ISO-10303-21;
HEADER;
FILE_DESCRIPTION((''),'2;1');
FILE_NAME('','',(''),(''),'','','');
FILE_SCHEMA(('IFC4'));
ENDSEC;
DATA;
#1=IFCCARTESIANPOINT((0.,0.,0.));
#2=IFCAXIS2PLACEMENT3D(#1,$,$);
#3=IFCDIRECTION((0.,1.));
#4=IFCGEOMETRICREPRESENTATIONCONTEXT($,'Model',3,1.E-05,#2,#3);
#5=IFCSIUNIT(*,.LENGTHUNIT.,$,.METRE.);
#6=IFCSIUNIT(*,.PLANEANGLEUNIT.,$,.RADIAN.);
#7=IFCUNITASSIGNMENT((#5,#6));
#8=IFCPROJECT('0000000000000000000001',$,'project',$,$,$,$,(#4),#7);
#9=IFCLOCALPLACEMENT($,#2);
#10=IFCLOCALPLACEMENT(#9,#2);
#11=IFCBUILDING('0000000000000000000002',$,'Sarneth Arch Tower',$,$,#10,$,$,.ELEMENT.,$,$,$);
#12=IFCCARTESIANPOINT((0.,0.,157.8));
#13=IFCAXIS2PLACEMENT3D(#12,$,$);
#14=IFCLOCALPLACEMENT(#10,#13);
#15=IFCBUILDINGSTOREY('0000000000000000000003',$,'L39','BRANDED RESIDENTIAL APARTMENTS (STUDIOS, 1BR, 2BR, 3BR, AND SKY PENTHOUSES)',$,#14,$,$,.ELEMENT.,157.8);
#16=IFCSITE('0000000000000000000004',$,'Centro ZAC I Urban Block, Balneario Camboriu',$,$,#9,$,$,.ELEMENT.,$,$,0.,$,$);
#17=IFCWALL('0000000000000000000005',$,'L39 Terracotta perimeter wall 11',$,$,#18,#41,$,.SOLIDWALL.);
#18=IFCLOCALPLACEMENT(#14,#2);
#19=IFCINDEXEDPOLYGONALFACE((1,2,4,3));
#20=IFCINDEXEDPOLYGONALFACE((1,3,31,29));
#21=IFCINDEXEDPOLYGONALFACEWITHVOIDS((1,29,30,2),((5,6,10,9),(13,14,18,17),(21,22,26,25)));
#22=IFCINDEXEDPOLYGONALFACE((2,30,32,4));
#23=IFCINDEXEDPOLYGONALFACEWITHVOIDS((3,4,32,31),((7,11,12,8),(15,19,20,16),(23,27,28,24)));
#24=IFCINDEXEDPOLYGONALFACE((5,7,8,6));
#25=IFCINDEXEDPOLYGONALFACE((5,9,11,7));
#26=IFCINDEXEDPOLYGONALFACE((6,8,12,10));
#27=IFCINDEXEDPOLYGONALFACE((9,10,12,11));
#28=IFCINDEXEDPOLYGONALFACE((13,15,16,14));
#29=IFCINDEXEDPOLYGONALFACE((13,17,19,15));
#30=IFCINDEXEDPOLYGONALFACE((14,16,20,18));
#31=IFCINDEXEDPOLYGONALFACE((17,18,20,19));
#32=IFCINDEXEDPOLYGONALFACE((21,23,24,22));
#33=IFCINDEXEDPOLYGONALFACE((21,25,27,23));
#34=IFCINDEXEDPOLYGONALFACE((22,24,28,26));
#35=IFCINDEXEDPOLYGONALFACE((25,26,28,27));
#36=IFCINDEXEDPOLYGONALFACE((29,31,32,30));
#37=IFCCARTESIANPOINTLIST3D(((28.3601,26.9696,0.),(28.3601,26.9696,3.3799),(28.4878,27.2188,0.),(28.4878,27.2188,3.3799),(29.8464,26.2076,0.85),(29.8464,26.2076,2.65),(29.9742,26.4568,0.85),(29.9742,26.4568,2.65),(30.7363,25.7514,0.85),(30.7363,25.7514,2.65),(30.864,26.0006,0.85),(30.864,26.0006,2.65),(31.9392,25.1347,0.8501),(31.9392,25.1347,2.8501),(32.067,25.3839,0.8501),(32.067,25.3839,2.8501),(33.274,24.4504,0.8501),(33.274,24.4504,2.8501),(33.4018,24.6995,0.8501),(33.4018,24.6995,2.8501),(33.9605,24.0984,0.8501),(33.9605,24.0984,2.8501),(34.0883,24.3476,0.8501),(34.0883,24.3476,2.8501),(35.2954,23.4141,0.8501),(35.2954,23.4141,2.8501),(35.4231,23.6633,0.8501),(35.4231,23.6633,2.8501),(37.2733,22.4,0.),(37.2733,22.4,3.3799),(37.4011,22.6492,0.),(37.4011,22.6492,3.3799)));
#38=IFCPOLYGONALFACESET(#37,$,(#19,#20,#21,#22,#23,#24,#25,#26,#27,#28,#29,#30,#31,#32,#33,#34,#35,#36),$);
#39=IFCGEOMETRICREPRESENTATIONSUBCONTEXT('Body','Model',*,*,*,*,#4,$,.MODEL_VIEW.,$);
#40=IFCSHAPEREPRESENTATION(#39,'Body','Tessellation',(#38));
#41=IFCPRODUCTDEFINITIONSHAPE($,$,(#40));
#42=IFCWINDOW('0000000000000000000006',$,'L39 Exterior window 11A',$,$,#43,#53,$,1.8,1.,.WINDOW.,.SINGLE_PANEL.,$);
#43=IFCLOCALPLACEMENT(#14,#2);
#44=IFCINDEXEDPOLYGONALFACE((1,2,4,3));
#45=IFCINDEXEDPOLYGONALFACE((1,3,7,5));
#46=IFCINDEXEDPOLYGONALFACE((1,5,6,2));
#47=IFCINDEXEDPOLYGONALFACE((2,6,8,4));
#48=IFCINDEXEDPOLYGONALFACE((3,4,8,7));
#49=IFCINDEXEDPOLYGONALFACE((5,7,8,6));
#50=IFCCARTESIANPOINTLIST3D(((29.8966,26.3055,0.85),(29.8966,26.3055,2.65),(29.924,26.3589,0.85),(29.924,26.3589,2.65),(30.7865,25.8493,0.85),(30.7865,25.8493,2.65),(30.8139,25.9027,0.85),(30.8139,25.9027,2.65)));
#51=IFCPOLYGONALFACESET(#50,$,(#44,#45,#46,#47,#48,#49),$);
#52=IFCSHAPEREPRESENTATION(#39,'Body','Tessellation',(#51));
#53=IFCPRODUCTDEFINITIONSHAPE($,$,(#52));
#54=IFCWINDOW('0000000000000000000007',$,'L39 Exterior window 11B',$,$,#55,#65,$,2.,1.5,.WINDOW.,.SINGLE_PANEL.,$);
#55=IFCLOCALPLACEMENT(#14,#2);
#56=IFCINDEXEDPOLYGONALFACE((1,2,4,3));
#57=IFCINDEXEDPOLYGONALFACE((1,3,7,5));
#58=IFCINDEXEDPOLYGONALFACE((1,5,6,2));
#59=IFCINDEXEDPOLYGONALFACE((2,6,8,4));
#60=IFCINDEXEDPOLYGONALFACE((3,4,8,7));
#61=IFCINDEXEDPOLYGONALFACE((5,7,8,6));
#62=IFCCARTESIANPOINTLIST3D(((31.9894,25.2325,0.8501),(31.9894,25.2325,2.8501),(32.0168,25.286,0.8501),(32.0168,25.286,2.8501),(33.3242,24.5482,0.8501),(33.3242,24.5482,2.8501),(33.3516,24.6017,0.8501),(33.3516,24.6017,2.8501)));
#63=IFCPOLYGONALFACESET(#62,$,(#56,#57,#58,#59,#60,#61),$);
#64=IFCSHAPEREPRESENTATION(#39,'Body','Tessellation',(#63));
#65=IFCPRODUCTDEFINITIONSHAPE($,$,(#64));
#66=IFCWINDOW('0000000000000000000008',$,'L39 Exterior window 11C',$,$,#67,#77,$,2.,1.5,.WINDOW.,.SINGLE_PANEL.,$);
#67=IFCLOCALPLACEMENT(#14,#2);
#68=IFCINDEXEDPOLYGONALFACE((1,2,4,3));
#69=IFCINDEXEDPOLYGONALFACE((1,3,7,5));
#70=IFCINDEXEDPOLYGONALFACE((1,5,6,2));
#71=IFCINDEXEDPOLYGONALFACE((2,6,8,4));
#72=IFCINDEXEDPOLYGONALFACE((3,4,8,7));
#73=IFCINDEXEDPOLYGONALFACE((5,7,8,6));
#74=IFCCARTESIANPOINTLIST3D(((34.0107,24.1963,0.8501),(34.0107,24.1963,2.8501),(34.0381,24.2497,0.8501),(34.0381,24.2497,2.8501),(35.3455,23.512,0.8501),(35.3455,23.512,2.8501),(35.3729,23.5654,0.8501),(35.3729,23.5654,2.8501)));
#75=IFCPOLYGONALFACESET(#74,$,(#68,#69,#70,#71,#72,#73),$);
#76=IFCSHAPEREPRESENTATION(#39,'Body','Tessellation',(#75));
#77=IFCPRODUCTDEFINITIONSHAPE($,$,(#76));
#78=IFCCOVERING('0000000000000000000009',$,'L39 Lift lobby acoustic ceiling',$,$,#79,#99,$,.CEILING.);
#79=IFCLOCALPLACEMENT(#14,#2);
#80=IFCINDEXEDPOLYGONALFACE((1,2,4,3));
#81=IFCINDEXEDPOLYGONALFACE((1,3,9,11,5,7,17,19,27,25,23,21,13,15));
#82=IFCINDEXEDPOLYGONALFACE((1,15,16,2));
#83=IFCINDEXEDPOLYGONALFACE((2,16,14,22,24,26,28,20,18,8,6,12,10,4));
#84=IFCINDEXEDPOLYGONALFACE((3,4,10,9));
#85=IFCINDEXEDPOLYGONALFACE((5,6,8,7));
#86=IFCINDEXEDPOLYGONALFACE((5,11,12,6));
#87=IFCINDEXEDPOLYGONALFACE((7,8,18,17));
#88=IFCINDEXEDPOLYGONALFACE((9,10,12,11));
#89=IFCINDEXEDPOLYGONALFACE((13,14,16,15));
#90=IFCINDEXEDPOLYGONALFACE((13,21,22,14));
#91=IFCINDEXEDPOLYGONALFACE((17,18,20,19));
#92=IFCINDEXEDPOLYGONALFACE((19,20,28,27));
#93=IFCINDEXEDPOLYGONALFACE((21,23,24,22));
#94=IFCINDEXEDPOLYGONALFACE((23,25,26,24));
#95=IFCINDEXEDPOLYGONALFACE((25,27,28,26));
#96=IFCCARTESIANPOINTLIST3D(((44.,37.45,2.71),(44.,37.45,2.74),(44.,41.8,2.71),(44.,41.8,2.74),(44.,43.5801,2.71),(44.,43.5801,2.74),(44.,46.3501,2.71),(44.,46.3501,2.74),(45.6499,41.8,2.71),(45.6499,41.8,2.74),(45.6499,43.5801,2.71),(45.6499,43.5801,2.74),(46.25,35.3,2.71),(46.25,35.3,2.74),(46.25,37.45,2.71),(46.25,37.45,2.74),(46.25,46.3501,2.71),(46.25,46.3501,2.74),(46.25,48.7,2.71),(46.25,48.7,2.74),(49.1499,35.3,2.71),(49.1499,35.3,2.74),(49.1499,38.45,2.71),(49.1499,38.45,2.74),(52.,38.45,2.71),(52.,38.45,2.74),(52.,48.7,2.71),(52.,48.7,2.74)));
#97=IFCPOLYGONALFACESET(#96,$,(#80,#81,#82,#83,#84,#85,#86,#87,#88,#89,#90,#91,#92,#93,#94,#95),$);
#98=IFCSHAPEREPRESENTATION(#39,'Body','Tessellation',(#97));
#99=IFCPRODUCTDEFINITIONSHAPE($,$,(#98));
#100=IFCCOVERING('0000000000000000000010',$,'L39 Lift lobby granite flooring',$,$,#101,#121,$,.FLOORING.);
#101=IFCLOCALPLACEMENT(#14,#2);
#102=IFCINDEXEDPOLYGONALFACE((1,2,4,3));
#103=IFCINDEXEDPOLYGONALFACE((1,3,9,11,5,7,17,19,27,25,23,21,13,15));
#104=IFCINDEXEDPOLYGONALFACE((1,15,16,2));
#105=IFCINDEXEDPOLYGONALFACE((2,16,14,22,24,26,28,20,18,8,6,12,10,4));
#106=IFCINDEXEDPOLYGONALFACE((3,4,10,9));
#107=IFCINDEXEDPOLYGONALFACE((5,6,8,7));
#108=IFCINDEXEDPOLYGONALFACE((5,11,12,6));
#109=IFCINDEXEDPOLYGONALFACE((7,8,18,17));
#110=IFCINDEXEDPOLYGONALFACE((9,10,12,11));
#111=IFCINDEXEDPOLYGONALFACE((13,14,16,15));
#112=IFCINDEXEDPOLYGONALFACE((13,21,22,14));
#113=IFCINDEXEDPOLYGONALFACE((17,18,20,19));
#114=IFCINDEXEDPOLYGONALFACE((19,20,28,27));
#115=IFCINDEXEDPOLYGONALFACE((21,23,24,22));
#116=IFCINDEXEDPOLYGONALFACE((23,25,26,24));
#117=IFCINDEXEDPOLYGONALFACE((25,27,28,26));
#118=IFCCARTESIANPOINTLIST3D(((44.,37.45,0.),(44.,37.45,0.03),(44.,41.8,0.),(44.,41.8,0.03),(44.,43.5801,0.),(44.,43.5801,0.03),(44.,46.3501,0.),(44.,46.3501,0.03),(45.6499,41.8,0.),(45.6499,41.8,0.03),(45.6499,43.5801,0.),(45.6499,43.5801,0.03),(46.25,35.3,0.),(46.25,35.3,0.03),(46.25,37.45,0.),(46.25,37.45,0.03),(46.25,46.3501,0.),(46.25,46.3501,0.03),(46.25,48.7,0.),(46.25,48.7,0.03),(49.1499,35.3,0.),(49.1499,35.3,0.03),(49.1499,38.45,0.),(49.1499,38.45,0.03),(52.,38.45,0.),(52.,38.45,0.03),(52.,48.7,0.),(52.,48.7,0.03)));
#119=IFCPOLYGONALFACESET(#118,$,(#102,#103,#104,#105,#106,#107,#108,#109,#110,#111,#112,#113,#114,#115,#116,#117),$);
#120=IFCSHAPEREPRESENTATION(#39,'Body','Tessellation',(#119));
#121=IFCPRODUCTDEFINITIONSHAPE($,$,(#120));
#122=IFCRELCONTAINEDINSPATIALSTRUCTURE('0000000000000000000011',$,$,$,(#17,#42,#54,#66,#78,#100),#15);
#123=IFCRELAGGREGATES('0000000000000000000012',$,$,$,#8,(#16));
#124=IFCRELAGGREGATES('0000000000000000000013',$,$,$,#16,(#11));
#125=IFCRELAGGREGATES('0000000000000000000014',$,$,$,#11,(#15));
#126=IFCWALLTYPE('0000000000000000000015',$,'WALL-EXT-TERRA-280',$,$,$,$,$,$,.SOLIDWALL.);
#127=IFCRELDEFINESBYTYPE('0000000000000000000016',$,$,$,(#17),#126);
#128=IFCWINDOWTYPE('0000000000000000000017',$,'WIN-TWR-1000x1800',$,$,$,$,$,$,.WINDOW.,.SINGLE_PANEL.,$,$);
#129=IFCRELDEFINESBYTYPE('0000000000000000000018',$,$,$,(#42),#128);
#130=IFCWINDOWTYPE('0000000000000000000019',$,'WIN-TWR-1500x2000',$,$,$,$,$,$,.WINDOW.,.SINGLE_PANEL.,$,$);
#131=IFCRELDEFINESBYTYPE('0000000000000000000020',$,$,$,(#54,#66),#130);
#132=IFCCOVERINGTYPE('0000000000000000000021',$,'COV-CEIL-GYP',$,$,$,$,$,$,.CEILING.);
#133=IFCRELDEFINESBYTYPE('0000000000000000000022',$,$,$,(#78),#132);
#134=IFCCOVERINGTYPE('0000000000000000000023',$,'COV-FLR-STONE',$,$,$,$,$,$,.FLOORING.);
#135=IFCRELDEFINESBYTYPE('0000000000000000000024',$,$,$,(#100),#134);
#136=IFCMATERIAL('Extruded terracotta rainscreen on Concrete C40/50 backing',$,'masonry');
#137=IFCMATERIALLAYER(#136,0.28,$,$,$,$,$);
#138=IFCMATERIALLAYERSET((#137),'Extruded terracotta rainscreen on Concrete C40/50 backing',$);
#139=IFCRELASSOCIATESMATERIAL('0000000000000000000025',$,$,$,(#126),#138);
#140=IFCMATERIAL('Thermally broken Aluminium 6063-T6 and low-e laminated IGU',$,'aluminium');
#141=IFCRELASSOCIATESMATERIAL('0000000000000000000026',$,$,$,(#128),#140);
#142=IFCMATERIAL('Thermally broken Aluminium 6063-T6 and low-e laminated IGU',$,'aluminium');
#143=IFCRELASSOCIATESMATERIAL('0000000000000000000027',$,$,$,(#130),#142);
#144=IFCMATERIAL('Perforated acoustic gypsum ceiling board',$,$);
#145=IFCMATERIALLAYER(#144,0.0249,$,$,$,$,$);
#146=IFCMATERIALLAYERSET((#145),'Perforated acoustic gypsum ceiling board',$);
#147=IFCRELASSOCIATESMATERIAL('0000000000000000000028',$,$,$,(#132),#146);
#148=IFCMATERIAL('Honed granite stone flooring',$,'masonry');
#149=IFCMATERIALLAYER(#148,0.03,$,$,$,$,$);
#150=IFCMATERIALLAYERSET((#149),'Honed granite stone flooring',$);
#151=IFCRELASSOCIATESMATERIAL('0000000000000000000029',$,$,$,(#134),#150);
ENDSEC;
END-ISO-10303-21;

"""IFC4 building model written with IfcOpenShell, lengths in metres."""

from ifc_helpers import new_model, si_unit, direction, frame, frame_2d, origin, place, context, subcontext, project, spatial, polyline, rectangle, outline, extrude, material, layer, layer_set, type_object, element, fill, save


model = new_model("IFC4")

# Units and contexts
model_context = context("Model", 3, precision=1e-05, world=origin(), true_north=direction((0.0, 1.0)))
body_context = subcontext(model_context, "Body", "Model", "MODEL_VIEW")
ifc_project = project(units=[si_unit("LENGTHUNIT", "METRE"), si_unit("PLANEANGLEUNIT", "RADIAN")], contexts=[model_context])

# Site, building, storey
site_placement = place(None, origin())
site = spatial("IfcSite", under=ifc_project, at=site_placement, Name="Centro ZAC I Urban Block, Balneario Camboriu", CompositionType="ELEMENT", RefElevation=0.0)
building_placement = place(site_placement, origin())
building = spatial("IfcBuilding", under=site, at=building_placement, Name="Sarneth Arch Tower", CompositionType="ELEMENT")
storey_placement = place(building_placement, frame((0.0, 0.0, 157.8)))
storey = spatial("IfcBuildingStorey", under=building, at=storey_placement, Name="L39", Description="BRANDED RESIDENTIAL APARTMENTS (STUDIOS, 1BR, 2BR, 3BR, AND SKY PENTHOUSES)", CompositionType="ELEMENT", Elevation=157.8)

# Wall, openings, windows
ifc_material_1 = material(Name="Extruded terracotta rainscreen on Concrete C40/50 backing", Category="masonry")
ifc_layer_1 = layer(ifc_material_1, 0.28)
ifc_layer_set_1 = layer_set([ifc_layer_1], Name="Extruded terracotta rainscreen on Concrete C40/50 backing")
wall_type = type_object("IfcWallType", Name="WALL-EXT-TERRA-280", PredefinedType="SOLIDWALL", material=ifc_layer_set_1)
wall_placement = place(storey_placement, frame((28.4238, 27.0942, 0.0), z_axis=(0.0, 0.0, 1.0), x_axis=(0.889873, -0.456209, 0.0)))
wall = element("IfcWall", 1, at=wall_placement, inside=storey, type_object=wall_type, Name="L39 Terracotta perimeter wall 11", PredefinedType="SOLIDWALL", context=body_context, shape_type="SweptSolid", body=[
    extrude(rectangle(XDim=10.0164, YDim=0.28, at=frame_2d((5.0083, 0.0))), origin(), (0.0, 0.0, 1.0), 3.3799),
])
opening_1_placement = place(wall_placement, frame((1.6704, 0.0, 0.8501)))
opening_1 = element("IfcOpeningElement", 2, at=opening_1_placement, cuts=wall, PredefinedType="OPENING", context=body_context, shape_type="SweptSolid", body=[
    extrude(rectangle(XDim=1.0, YDim=1.8, at=frame_2d((0.5, 0.8999))), frame((0.0, 0.1499, 0.0), z_axis=(0.0, -1.0, 0.0), x_axis=(1.0, 0.0, 0.0)), (0.0, 0.0, 1.0), 0.3),
])
opening_2_placement = place(wall_placement, frame((4.0222, 0.0, 0.8501)))
opening_2 = element("IfcOpeningElement", 3, at=opening_2_placement, cuts=wall, PredefinedType="OPENING", context=body_context, shape_type="SweptSolid", body=[
    extrude(rectangle(XDim=1.5, YDim=2.0, at=frame_2d((0.75, 1.0))), frame((0.0, 0.1499, 0.0), z_axis=(0.0, -1.0, 0.0), x_axis=(1.0, 0.0, 0.0)), (0.0, 0.0, 1.0), 0.3),
])
opening_3_placement = place(wall_placement, frame((6.2937, 0.0, 0.8501)))
opening_3 = element("IfcOpeningElement", 4, at=opening_3_placement, cuts=wall, PredefinedType="OPENING", context=body_context, shape_type="SweptSolid", body=[
    extrude(rectangle(XDim=1.5, YDim=2.0, at=frame_2d((0.75, 1.0))), frame((0.0, 0.1499, 0.0), z_axis=(0.0, -1.0, 0.0), x_axis=(1.0, 0.0, 0.0)), (0.0, 0.0, 1.0), 0.3),
])
ifc_material_2 = material(Name="Thermally broken Aluminium 6063-T6 and low-e laminated IGU", Category="aluminium")
window_type_1 = type_object("IfcWindowType", Name="WIN-TWR-1000x1800", PartitioningType="SINGLE_PANEL", PredefinedType="WINDOW", material=ifc_material_2)
window_1_placement = place(opening_1_placement, origin())
window_1 = element("IfcWindow", 5, at=window_1_placement, inside=storey, type_object=window_type_1, Name="L39 Exterior window 11A", OverallHeight=1.8, OverallWidth=1.0, PartitioningType="SINGLE_PANEL", PredefinedType="WINDOW", context=body_context, shape_type="SweptSolid", body=[
    extrude(rectangle(XDim=1.0, YDim=1.8, at=frame_2d((0.5, 0.8999))), frame((0.0, 0.03, 0.0), z_axis=(0.0, -1.0, 0.0), x_axis=(1.0, 0.0, 0.0)), (0.0, 0.0, 1.0), 0.0601),
])
fill(opening_1, window_1)
ifc_material_3 = material(Name="Thermally broken Aluminium 6063-T6 and low-e laminated IGU", Category="aluminium")
window_type_2 = type_object("IfcWindowType", Name="WIN-TWR-1500x2000", PartitioningType="SINGLE_PANEL", PredefinedType="WINDOW", material=ifc_material_3)
window_2_placement = place(opening_2_placement, origin())
window_2 = element("IfcWindow", 6, at=window_2_placement, inside=storey, type_object=window_type_2, Name="L39 Exterior window 11B", OverallHeight=2.0, OverallWidth=1.5, PartitioningType="SINGLE_PANEL", PredefinedType="WINDOW", context=body_context, shape_type="SweptSolid", body=[
    extrude(rectangle(XDim=1.5, YDim=2.0, at=frame_2d((0.75, 1.0))), frame((0.0, 0.03, 0.0), z_axis=(0.0, -1.0, 0.0), x_axis=(1.0, 0.0, 0.0)), (0.0, 0.0, 1.0), 0.0601),
])
fill(opening_2, window_2)
window_3_placement = place(opening_3_placement, origin())
window_3 = element("IfcWindow", 7, at=window_3_placement, inside=storey, type_object=window_type_2, Name="L39 Exterior window 11C", OverallHeight=2.0, OverallWidth=1.5, PartitioningType="SINGLE_PANEL", PredefinedType="WINDOW", context=body_context, shape_type="SweptSolid", body=[
    extrude(rectangle(XDim=1.5, YDim=2.0, at=frame_2d((0.75, 1.0))), frame((0.0, 0.03, 0.0), z_axis=(0.0, -1.0, 0.0), x_axis=(1.0, 0.0, 0.0)), (0.0, 0.0, 1.0), 0.0601),
])
fill(opening_3, window_3)

# Coverings
ifc_material_4 = material(Name="Perforated acoustic gypsum ceiling board")
ifc_layer_2 = layer(ifc_material_4, 0.0249)
ifc_layer_set_2 = layer_set([ifc_layer_2], Name="Perforated acoustic gypsum ceiling board")
covering_type_1 = type_object("IfcCoveringType", Name="COV-CEIL-GYP", PredefinedType="CEILING", material=ifc_layer_set_2)
covering_1_placement = place(storey_placement, frame((0.0, 0.0, 2.71)))
element("IfcCovering", 8, at=covering_1_placement, inside=storey, type_object=covering_type_1, Name="L39 Lift lobby acoustic ceiling", PredefinedType="CEILING", context=body_context, shape_type="SweptSolid", body=[
    extrude(outline(polyline([(49.1499, 38.45), (49.1499, 35.3), (46.25, 35.3), (46.25, 37.45), (44.0, 37.45), (44.0, 41.8), (45.6499, 41.8), (45.6499, 43.5801), (44.0, 43.5801), (44.0, 46.3501), (46.25, 46.3501), (46.25, 48.7), (52.0, 48.7), (52.0, 38.45), (49.1499, 38.45)])), origin(), (0.0, 0.0, 1.0), 0.03),
])
ifc_material_5 = material(Name="Honed granite stone flooring", Category="masonry")
ifc_layer_3 = layer(ifc_material_5, 0.03)
ifc_layer_set_3 = layer_set([ifc_layer_3], Name="Honed granite stone flooring")
covering_type_2 = type_object("IfcCoveringType", Name="COV-FLR-STONE", PredefinedType="FLOORING", material=ifc_layer_set_3)
covering_2_placement = place(storey_placement, origin())
element("IfcCovering", 9, at=covering_2_placement, inside=storey, type_object=covering_type_2, Name="L39 Lift lobby granite flooring", PredefinedType="FLOORING", context=body_context, shape_type="SweptSolid", body=[
    extrude(outline(polyline([(49.1499, 38.45), (49.1499, 35.3), (46.25, 35.3), (46.25, 37.45), (44.0, 37.45), (44.0, 41.8), (45.6499, 41.8), (45.6499, 43.5801), (44.0, 43.5801), (44.0, 46.3501), (46.25, 46.3501), (46.25, 48.7), (52.0, 48.7), (52.0, 38.45), (49.1499, 38.45)])), origin(), (0.0, 0.0, 1.0), 0.03),
])

save(model, "model.ifc")
